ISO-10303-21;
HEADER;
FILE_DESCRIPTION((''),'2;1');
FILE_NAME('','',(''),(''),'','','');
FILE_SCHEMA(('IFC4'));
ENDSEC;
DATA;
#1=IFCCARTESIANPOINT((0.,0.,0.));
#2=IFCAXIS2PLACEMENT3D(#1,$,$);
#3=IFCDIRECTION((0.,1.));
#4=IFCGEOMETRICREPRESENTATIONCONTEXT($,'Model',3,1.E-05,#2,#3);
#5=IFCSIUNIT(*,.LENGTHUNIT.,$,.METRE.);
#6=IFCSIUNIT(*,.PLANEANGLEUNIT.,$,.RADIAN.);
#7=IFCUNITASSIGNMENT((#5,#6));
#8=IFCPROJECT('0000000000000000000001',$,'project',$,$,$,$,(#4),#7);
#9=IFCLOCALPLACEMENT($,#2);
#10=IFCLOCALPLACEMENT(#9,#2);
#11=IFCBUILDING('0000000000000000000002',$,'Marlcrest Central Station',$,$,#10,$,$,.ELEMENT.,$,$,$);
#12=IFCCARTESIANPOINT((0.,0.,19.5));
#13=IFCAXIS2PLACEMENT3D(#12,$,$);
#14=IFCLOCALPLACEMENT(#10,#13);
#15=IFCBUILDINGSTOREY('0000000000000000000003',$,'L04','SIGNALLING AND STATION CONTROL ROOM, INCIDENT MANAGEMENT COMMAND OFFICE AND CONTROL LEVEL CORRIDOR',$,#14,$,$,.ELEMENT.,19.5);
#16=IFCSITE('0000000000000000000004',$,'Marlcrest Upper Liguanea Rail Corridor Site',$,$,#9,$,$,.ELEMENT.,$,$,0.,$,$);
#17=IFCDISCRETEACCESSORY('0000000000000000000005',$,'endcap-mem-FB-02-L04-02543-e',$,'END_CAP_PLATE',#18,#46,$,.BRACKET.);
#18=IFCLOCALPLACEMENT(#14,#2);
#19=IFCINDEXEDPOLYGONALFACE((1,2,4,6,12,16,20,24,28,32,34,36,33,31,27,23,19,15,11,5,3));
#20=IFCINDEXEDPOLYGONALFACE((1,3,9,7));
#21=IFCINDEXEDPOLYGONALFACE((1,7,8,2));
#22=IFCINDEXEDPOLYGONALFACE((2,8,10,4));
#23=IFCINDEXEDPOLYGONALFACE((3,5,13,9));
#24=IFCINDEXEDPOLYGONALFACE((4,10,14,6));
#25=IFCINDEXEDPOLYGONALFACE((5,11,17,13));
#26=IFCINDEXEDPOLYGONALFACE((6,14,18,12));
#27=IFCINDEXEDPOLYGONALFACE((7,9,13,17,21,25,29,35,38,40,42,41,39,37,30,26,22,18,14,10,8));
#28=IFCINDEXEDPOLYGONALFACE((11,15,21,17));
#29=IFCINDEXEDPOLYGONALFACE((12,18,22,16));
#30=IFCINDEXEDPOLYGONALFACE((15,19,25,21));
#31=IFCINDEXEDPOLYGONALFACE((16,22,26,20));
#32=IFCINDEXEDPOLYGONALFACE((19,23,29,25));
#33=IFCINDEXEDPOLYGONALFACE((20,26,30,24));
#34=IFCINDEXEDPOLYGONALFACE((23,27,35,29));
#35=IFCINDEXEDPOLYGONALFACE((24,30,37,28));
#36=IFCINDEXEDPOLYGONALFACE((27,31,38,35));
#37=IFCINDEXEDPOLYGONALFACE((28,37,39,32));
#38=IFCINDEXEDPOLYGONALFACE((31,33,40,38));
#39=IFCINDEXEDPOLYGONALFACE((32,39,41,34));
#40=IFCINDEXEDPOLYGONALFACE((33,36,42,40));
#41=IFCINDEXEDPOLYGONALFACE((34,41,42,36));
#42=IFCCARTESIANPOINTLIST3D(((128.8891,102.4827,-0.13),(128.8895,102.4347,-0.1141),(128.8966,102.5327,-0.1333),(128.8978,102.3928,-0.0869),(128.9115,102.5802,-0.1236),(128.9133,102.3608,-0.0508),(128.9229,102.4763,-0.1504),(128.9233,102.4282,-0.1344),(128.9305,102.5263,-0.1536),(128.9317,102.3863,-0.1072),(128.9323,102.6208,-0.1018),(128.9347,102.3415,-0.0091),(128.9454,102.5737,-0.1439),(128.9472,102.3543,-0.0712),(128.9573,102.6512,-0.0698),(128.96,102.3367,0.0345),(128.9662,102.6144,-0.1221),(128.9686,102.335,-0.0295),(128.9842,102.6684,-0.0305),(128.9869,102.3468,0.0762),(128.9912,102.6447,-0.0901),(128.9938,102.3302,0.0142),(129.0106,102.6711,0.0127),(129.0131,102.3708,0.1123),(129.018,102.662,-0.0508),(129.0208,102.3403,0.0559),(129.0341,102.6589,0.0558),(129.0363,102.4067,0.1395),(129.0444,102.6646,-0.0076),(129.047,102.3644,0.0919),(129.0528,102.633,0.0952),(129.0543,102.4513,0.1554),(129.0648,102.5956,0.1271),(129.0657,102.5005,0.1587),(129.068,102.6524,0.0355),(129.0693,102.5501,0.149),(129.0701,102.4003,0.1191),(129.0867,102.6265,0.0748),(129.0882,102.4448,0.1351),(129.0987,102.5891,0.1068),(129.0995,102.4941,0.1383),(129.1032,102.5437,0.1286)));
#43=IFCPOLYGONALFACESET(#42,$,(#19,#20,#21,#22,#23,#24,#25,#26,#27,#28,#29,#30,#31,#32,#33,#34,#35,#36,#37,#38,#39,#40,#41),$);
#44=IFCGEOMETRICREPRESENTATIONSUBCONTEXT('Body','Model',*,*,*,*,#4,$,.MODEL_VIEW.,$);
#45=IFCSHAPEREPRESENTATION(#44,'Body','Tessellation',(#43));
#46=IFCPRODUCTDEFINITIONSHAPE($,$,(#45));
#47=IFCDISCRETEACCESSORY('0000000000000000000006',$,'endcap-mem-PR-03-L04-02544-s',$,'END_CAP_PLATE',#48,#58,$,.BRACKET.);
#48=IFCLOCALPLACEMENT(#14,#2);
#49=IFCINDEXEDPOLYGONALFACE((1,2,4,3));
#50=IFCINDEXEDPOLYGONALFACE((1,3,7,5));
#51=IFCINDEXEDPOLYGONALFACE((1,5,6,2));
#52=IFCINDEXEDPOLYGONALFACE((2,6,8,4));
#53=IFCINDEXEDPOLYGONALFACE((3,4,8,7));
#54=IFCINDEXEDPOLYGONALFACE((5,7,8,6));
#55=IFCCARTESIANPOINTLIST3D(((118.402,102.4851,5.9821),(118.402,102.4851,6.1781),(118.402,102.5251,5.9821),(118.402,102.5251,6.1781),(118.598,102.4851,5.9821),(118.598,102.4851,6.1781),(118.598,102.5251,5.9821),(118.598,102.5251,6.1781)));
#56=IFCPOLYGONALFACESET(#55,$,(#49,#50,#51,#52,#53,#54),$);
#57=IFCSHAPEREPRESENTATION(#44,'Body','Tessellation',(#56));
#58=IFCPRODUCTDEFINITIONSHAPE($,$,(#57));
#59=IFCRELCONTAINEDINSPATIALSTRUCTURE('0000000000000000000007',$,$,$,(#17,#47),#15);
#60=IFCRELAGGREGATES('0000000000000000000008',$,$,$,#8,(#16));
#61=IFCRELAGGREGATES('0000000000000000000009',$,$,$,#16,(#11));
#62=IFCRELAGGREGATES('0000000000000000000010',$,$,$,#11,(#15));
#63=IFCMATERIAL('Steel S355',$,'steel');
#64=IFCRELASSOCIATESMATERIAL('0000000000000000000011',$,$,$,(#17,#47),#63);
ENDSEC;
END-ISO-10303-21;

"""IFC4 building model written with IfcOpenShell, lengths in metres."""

from ifc_helpers import new_model, si_unit, direction, frame, origin, origin_2d, place, context, subcontext, project, spatial, rectangle, circle, extrude, material, element, save


model = new_model("IFC4")

# Units and contexts
model_context = context("Model", 3, precision=1e-05, world=origin(), true_north=direction((0.0, 1.0)))
body_context = subcontext(model_context, "Body", "Model", "MODEL_VIEW")
ifc_project = project(units=[si_unit("LENGTHUNIT", "METRE"), si_unit("PLANEANGLEUNIT", "RADIAN")], contexts=[model_context])

# Site, building, storey
site_placement = place(None, origin())
site = spatial("IfcSite", under=ifc_project, at=site_placement, Name="Marlcrest Upper Liguanea Rail Corridor Site", CompositionType="ELEMENT", RefElevation=0.0)
building_placement = place(site_placement, origin())
building = spatial("IfcBuilding", under=site, at=building_placement, Name="Marlcrest Central Station", CompositionType="ELEMENT")
storey_placement = place(building_placement, frame((0.0, 0.0, 19.5)))
storey = spatial("IfcBuildingStorey", under=building, at=storey_placement, Name="L04", Description="SIGNALLING AND STATION CONTROL ROOM, INCIDENT MANAGEMENT COMMAND OFFICE AND CONTROL LEVEL CORRIDOR", CompositionType="ELEMENT", Elevation=19.5)

# Shared definitions
ifc_material_1 = material(Name="Steel S355", Category="steel")

# Discrete accessories
discrete_accessory_1_placement = place(storey_placement, frame((128.9788, 102.5042, 0.0127), z_axis=(0.846277, -0.161196, -0.50777), x_axis=(0.187112, 0.982339, 0.0)))
element("IfcDiscreteAccessory", 1, at=discrete_accessory_1_placement, inside=storey, material=ifc_material_1, Name="endcap-mem-FB-02-L04-02543-e", ObjectType="END_CAP_PLATE", PredefinedType="BRACKET", context=body_context, shape_type="SweptSolid", body=[
    extrude(circle(Radius=0.1699, at=origin_2d()), origin(), (0.0, 0.0, 1.0), 0.04),
])
discrete_accessory_2_placement = place(storey_placement, frame((118.5, 102.4851, 6.0801), z_axis=(0.0, 1.0, 0.0), x_axis=(-1.0, 0.0, 0.0)))
element("IfcDiscreteAccessory", 2, at=discrete_accessory_2_placement, inside=storey, material=ifc_material_1, Name="endcap-mem-PR-03-L04-02544-s", ObjectType="END_CAP_PLATE", PredefinedType="BRACKET", context=body_context, shape_type="SweptSolid", body=[
    extrude(rectangle(XDim=0.196, YDim=0.196, at=origin_2d()), origin(), (0.0, 0.0, 1.0), 0.04),
])

save(model, "model.ifc")
